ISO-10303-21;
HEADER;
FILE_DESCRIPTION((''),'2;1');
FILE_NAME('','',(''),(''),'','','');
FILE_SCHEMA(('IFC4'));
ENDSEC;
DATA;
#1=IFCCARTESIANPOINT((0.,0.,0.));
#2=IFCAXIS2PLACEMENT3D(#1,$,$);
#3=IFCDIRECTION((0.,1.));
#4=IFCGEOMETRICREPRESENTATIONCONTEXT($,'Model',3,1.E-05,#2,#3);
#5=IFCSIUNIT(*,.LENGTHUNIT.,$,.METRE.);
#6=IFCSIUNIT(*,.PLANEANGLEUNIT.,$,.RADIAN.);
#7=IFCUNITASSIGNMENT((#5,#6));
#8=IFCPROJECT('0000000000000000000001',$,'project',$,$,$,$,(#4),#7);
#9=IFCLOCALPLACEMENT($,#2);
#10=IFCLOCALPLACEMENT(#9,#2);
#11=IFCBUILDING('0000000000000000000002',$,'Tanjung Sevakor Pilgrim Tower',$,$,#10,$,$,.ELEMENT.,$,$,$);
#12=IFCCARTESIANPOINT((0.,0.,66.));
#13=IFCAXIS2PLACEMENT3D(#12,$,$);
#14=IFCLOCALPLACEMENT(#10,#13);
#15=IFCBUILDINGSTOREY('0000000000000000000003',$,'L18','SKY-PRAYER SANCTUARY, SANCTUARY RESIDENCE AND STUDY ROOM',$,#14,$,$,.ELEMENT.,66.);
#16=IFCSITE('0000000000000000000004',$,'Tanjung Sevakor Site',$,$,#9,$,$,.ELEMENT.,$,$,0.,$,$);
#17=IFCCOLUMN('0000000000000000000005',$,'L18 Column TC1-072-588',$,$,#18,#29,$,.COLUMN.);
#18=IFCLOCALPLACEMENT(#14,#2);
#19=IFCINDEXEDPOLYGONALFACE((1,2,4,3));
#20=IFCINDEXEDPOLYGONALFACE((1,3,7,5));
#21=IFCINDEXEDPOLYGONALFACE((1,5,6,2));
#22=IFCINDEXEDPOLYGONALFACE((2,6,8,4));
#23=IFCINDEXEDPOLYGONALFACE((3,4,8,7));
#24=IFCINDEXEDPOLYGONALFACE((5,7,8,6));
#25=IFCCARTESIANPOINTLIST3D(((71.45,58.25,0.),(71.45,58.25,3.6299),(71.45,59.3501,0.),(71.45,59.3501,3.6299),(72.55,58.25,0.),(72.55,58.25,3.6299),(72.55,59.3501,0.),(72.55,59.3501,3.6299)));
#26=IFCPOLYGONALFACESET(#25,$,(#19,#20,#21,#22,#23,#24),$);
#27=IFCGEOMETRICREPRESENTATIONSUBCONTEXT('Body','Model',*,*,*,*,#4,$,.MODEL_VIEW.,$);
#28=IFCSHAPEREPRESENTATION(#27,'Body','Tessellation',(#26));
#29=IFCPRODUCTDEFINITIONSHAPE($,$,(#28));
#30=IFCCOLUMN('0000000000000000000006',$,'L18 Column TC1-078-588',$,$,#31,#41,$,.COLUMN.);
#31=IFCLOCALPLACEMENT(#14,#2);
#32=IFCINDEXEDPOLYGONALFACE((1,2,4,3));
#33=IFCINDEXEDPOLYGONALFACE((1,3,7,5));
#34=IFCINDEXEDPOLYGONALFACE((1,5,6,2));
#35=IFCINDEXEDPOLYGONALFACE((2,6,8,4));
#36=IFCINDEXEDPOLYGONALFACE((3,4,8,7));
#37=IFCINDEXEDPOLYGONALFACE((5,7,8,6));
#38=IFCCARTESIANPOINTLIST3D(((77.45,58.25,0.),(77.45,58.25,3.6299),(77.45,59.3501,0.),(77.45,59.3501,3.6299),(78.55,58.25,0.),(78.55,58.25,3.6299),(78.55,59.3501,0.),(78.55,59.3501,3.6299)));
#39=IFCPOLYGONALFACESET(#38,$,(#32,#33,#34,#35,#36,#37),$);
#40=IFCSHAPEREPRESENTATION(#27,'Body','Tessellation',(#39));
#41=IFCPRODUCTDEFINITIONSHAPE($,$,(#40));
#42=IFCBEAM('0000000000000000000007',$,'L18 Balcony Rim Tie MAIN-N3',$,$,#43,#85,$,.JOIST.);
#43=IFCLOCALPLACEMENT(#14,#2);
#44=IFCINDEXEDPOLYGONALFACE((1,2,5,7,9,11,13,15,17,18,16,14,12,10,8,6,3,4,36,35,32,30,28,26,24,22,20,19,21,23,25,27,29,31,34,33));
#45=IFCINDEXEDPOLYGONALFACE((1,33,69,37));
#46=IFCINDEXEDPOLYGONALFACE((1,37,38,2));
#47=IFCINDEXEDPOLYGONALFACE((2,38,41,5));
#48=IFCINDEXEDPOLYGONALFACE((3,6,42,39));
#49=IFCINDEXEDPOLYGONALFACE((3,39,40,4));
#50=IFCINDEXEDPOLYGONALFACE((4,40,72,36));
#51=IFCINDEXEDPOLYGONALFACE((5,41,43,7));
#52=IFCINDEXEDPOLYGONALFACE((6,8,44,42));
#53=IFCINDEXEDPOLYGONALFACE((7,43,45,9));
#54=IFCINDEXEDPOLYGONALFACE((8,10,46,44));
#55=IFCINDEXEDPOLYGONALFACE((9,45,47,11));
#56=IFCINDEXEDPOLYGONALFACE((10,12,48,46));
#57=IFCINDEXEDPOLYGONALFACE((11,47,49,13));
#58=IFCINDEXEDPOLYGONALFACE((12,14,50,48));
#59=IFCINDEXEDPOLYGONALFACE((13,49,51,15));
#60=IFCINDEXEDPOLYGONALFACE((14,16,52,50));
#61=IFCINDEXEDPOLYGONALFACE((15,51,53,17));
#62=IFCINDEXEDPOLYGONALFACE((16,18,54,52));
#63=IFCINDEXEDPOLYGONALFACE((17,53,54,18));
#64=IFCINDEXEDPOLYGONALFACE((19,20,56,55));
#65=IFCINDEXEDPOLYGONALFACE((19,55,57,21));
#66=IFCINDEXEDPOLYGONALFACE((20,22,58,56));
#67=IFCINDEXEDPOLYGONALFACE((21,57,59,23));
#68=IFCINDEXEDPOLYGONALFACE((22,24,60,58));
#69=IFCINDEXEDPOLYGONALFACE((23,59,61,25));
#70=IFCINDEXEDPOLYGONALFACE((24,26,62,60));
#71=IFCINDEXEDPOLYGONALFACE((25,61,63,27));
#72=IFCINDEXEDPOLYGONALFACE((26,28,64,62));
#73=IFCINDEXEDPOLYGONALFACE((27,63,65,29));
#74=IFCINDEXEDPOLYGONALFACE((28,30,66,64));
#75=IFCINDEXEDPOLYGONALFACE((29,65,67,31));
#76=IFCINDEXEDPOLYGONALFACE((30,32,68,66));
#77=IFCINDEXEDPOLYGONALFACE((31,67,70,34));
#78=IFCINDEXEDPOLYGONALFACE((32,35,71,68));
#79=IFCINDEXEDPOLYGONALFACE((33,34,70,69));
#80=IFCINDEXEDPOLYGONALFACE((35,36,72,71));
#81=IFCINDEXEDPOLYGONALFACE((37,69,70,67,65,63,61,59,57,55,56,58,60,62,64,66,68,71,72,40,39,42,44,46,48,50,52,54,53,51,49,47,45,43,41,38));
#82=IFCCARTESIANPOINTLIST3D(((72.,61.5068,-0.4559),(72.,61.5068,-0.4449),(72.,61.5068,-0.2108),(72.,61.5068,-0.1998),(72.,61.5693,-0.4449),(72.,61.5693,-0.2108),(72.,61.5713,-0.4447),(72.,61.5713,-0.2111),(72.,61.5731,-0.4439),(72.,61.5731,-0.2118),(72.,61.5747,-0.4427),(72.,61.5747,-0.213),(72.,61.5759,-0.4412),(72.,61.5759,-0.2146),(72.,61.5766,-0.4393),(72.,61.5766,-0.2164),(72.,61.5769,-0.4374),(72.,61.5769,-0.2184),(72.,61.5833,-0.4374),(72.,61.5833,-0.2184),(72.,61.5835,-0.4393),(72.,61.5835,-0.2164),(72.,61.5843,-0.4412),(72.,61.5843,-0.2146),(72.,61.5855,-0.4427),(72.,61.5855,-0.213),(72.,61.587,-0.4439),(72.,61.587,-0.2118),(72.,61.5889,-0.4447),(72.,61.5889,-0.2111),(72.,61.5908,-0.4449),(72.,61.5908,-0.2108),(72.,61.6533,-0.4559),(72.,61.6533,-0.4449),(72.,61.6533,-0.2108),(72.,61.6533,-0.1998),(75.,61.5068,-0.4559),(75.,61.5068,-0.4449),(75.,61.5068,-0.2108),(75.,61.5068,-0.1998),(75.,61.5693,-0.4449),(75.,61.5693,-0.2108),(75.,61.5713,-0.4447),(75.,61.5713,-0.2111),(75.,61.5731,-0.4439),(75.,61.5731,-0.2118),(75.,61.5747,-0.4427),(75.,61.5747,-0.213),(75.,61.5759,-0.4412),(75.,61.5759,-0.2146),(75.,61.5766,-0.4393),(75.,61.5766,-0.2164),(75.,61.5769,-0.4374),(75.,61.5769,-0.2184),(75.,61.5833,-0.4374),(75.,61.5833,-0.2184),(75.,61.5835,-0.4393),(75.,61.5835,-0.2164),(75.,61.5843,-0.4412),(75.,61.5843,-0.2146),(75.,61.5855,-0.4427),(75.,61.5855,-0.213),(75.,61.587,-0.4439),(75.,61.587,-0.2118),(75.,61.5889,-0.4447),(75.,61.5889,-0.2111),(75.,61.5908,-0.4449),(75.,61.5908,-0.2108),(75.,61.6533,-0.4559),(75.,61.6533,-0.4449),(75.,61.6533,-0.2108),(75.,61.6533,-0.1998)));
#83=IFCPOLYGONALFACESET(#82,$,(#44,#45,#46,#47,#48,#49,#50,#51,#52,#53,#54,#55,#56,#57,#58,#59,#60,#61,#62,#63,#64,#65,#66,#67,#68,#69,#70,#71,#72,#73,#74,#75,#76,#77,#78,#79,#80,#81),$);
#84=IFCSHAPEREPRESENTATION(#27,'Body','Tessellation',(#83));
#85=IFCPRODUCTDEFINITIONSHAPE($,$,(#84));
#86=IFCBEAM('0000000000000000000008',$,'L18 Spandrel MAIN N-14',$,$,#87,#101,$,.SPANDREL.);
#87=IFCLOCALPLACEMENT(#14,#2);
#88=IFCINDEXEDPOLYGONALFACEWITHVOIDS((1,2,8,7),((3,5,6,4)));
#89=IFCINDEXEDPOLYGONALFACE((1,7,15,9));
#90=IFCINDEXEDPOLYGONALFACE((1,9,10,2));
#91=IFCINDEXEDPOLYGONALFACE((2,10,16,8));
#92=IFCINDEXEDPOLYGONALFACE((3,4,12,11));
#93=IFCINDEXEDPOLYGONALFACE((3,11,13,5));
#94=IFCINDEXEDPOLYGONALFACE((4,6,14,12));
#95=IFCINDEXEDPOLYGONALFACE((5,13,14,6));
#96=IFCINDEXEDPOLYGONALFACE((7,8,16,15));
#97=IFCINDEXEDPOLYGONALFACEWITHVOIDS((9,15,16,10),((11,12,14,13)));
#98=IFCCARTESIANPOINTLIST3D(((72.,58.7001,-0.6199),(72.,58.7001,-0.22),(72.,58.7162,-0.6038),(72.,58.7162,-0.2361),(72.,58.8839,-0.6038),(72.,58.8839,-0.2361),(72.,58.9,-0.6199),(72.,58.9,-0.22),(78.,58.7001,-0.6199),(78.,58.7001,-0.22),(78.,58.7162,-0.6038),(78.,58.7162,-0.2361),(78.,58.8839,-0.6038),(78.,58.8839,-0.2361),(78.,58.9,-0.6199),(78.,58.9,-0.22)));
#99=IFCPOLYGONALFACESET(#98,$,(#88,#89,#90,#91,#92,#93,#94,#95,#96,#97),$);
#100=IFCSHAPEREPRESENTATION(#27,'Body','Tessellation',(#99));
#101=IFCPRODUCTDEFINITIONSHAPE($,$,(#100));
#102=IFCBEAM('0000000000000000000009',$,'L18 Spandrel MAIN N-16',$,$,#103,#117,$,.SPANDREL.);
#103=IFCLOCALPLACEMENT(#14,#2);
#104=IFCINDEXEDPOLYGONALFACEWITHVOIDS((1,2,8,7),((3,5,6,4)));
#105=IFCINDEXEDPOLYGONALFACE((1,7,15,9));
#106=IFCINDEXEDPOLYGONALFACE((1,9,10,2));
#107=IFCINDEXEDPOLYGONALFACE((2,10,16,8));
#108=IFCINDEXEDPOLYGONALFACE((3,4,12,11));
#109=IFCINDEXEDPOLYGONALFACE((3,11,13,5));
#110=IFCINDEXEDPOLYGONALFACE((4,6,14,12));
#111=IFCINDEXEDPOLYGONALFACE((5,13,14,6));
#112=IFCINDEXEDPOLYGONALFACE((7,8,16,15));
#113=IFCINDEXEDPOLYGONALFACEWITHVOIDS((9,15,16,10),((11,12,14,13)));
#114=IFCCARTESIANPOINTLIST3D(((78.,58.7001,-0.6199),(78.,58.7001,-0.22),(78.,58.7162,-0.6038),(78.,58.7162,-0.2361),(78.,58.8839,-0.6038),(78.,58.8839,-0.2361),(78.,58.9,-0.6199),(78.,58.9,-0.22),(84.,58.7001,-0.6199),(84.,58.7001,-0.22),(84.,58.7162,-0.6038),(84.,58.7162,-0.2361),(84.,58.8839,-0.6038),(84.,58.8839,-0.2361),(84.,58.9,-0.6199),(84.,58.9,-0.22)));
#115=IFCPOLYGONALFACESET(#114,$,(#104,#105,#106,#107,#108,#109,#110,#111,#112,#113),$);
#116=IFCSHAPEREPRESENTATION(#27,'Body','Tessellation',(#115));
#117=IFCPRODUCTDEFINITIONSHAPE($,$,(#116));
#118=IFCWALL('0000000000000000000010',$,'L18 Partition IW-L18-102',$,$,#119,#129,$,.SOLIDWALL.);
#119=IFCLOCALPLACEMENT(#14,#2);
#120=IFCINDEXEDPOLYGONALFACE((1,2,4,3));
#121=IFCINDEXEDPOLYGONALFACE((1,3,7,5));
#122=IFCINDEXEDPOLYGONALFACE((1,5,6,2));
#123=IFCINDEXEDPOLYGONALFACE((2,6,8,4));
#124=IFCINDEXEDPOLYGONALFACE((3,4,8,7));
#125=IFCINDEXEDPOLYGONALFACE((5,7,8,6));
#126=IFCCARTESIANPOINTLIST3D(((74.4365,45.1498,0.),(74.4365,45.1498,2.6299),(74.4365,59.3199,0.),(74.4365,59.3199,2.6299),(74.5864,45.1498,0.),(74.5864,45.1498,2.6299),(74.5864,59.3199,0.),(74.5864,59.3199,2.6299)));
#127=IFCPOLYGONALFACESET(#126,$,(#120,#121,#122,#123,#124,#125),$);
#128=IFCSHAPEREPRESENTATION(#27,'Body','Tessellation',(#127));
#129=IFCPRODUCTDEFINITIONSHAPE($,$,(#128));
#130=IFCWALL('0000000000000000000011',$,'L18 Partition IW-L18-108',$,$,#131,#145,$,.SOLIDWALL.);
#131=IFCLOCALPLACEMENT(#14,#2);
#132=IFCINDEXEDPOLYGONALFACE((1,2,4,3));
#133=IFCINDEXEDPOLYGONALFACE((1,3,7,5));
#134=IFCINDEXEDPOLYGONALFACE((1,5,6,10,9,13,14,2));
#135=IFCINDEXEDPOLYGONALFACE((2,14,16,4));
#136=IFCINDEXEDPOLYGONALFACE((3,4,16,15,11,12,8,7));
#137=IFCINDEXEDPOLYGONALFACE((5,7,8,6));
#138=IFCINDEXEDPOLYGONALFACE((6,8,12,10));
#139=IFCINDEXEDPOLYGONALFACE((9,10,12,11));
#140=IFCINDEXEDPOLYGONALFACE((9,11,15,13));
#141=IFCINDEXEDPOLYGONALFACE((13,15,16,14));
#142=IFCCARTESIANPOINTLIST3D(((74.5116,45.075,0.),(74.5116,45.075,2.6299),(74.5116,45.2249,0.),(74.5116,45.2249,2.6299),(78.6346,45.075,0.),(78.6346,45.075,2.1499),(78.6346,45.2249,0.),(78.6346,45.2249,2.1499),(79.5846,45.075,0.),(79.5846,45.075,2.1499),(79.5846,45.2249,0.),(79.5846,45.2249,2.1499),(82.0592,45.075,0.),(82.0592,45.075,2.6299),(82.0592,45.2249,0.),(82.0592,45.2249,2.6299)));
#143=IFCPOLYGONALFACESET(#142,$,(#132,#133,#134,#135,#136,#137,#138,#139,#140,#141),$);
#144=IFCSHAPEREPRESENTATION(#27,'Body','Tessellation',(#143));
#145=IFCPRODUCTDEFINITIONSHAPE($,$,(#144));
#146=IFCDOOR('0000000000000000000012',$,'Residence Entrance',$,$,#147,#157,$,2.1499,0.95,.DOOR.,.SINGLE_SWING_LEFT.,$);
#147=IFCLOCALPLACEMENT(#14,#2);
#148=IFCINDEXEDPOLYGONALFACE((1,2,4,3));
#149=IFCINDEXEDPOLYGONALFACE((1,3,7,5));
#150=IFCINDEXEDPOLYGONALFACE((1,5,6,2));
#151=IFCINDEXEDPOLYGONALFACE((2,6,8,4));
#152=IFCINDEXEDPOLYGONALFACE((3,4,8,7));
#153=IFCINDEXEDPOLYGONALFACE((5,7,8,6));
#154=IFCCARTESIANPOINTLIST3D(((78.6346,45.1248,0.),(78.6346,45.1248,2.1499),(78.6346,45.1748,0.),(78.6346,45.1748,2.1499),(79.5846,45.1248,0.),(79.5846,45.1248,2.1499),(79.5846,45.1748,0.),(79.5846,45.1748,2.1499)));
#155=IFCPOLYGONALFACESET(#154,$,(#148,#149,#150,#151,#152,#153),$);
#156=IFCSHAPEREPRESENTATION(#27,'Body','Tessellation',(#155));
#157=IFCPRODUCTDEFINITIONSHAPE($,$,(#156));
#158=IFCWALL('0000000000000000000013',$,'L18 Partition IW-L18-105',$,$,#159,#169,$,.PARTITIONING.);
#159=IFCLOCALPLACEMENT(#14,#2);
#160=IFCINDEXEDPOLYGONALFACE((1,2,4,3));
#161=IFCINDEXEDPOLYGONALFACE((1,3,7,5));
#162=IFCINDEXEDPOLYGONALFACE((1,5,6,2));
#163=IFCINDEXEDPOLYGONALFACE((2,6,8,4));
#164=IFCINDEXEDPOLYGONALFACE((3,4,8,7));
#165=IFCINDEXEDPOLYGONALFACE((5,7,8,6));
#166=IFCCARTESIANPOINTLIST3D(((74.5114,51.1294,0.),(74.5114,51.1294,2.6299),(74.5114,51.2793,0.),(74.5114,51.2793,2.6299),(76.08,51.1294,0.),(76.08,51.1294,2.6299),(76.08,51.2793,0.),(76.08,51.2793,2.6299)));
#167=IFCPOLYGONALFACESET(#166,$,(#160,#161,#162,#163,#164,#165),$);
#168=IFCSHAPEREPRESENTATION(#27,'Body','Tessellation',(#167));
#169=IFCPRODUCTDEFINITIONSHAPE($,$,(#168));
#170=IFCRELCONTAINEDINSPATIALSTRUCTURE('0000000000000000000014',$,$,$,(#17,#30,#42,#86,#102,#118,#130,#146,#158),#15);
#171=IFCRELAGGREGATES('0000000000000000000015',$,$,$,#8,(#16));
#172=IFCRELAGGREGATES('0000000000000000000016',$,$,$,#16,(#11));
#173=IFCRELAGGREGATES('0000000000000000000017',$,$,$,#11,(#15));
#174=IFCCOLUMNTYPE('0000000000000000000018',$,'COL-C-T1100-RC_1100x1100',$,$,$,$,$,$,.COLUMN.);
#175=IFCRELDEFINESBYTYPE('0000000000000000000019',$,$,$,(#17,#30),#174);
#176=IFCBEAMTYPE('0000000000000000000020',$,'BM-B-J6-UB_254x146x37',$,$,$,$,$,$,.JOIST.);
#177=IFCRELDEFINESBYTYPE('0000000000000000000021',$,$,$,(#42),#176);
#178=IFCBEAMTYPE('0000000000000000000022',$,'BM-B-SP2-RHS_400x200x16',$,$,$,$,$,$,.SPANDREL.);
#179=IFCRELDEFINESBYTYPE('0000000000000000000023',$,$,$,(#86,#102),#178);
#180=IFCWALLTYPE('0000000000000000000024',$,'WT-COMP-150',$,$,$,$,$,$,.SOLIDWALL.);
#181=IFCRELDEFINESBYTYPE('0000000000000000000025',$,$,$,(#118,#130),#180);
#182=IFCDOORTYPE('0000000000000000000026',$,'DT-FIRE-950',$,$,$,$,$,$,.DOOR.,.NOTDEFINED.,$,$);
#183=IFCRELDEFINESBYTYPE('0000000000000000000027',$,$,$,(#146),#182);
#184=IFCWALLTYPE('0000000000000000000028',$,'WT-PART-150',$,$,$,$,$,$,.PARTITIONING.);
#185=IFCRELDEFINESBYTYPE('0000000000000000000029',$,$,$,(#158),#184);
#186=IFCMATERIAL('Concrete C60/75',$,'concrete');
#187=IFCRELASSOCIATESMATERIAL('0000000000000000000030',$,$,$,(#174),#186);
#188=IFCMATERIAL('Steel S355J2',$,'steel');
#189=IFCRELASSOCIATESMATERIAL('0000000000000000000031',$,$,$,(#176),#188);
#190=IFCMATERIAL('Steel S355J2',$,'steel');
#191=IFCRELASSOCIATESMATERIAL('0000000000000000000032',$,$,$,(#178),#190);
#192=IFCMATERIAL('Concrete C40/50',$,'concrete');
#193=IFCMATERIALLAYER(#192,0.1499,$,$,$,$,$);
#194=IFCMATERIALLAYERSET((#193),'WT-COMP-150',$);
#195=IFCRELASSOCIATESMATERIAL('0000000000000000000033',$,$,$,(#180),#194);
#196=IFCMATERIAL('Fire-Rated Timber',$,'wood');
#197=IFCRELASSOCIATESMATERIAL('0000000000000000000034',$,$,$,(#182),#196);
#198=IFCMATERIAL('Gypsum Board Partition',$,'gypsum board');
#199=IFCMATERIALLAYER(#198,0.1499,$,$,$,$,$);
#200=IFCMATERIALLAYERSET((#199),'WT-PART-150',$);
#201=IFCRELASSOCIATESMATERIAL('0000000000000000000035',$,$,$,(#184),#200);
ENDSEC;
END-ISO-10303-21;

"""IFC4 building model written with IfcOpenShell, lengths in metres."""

from ifc_helpers import new_model, si_unit, direction, frame, frame_2d, origin, origin_2d, place, context, subcontext, project, spatial, rectangle, hollow_rectangle, i_section, extrude, material, layer, layer_set, material_profile, profile_set, type_object, element, fill, save


model = new_model("IFC4")

# Units and contexts
model_context = context("Model", 3, precision=1e-05, world=origin(), true_north=direction((0.0, 1.0)))
body_context = subcontext(model_context, "Body", "Model", "MODEL_VIEW")
ifc_project = project(units=[si_unit("LENGTHUNIT", "METRE"), si_unit("PLANEANGLEUNIT", "RADIAN")], contexts=[model_context])

# Site, building, storey
site_placement = place(None, origin())
site = spatial("IfcSite", under=ifc_project, at=site_placement, Name="Tanjung Sevakor Site", CompositionType="ELEMENT", RefElevation=0.0)
building_placement = place(site_placement, origin())
building = spatial("IfcBuilding", under=site, at=building_placement, Name="Tanjung Sevakor Pilgrim Tower", CompositionType="ELEMENT")
storey_placement = place(building_placement, frame((0.0, 0.0, 66.0)))
storey = spatial("IfcBuildingStorey", under=building, at=storey_placement, Name="L18", Description="SKY-PRAYER SANCTUARY, SANCTUARY RESIDENCE AND STUDY ROOM", CompositionType="ELEMENT", Elevation=66.0)

# Columns
ifc_material_1 = material(Name="Concrete C60/75", Category="concrete")
ifc_material_profile_1 = material_profile(ifc_material_1, rectangle(XDim=1.1001, YDim=1.1001, at=origin_2d()))
ifc_profile_set_1 = profile_set([ifc_material_profile_1], Name="Concrete C60/75")
column_type = type_object("IfcColumnType", Name="COL-C-T1100-RC_1100x1100", PredefinedType="COLUMN", material=ifc_profile_set_1)
for number, where, z_axis, x_axis, name in (
    (1, (72.0, 58.8, 0.0), (0.0, 0.0, 1.0), (1.0, 0.0, 0.0), "L18 Column TC1-072-588"),
    (2, (78.0, 58.8, 0.0), (0.0, 0.0, 1.0), (1.0, 0.0, 0.0), "L18 Column TC1-078-588"),
):
    element("IfcColumn", number, at=place(storey_placement, frame(where, z_axis=z_axis, x_axis=x_axis)), inside=storey, type_object=column_type, Name=name, PredefinedType="COLUMN", context=body_context, shape_type="SweptSolid", body=[
        extrude(rectangle(XDim=1.1001, YDim=1.1001, at=origin_2d()), origin(), (0.0, 0.0, 1.0), 3.6299),
    ])

# Beams
ifc_material_2 = material(Name="Steel S355J2", Category="steel")
ifc_material_profile_2 = material_profile(ifc_material_2, i_section(OverallWidth=0.1465, OverallDepth=0.2561, WebThickness=0.0063, FlangeThickness=0.011, FilletRadius=0.0076, at=origin_2d()))
ifc_profile_set_2 = profile_set([ifc_material_profile_2], Name="Steel S355J2")
beam_type_1 = type_object("IfcBeamType", Name="BM-B-J6-UB_254x146x37", PredefinedType="JOIST", material=ifc_profile_set_2)
beam_placement = place(storey_placement, frame((72.0, 61.5801, -0.3279), z_axis=(1.0, 0.0, 0.0), x_axis=(0.0, 1.0, 0.0)))
element("IfcBeam", 3, at=beam_placement, inside=storey, type_object=beam_type_1, Name="L18 Balcony Rim Tie MAIN-N3", PredefinedType="JOIST", context=body_context, shape_type="SweptSolid", body=[
    extrude(i_section(OverallWidth=0.1465, OverallDepth=0.2561, WebThickness=0.0063, FlangeThickness=0.011, FilletRadius=0.0076, at=origin_2d()), origin(), (0.0, 0.0, 1.0), 3.0),
])
ifc_material_3 = material(Name="Steel S355J2", Category="steel")
ifc_material_profile_3 = material_profile(ifc_material_3, hollow_rectangle(XDim=0.2, YDim=0.3999, WallThickness=0.0161, at=origin_2d()))
ifc_profile_set_3 = profile_set([ifc_material_profile_3], Name="Steel S355J2")
beam_type_2 = type_object("IfcBeamType", Name="BM-B-SP2-RHS_400x200x16", PredefinedType="SPANDREL", material=ifc_profile_set_3)
for number, where, z_axis, x_axis, name in (
    (4, (72.0, 58.8, -0.4199), (1.0, 0.0, 0.0), (0.0, 1.0, 0.0), "L18 Spandrel MAIN N-14"),
    (5, (78.0, 58.8, -0.4199), (1.0, 0.0, 0.0), (0.0, 1.0, 0.0), "L18 Spandrel MAIN N-16"),
):
    element("IfcBeam", number, at=place(storey_placement, frame(where, z_axis=z_axis, x_axis=x_axis)), inside=storey, type_object=beam_type_2, Name=name, PredefinedType="SPANDREL", context=body_context, shape_type="SweptSolid", body=[
        extrude(hollow_rectangle(XDim=0.2, YDim=0.3999, WallThickness=0.0161, at=origin_2d()), origin(), (0.0, 0.0, 1.0), 6.0),
    ])

# Wall
ifc_material_4 = material(Name="Concrete C40/50", Category="concrete")
ifc_layer_1 = layer(ifc_material_4, 0.1499)
ifc_layer_set_1 = layer_set([ifc_layer_1], Name="WT-COMP-150")
wall_type_1 = type_object("IfcWallType", Name="WT-COMP-150", PredefinedType="SOLIDWALL", material=ifc_layer_set_1)
wall_1_placement = place(storey_placement, frame((74.5115, 45.1499, 0.0), z_axis=(0.0, 0.0, 1.0), x_axis=(0.0, 1.0, 0.0)))
element("IfcWall", 6, at=wall_1_placement, inside=storey, type_object=wall_type_1, Name="L18 Partition IW-L18-102", PredefinedType="SOLIDWALL", context=body_context, shape_type="SweptSolid", body=[
    extrude(rectangle(XDim=14.1702, YDim=0.1499, at=frame_2d((7.085, 0.0))), origin(), (0.0, 0.0, 1.0), 2.6299),
])

# Wall, opening, door
wall_2_placement = place(storey_placement, frame((74.5115, 45.1499, 0.0), z_axis=(0.0, 0.0, 1.0), x_axis=(1.0, 0.0, 0.0)))
wall_2 = element("IfcWall", 7, at=wall_2_placement, inside=storey, type_object=wall_type_1, Name="L18 Partition IW-L18-108", PredefinedType="SOLIDWALL", context=body_context, shape_type="SweptSolid", body=[
    extrude(rectangle(XDim=7.5476, YDim=0.1499, at=frame_2d((3.7739, 0.0))), origin(), (0.0, 0.0, 1.0), 2.6299),
])
opening_1_placement = place(wall_2_placement, frame((4.123, 0.0, 0.0)))
opening_1 = element("IfcOpeningElement", 8, at=opening_1_placement, cuts=wall_2, PredefinedType="OPENING", context=body_context, shape_type="SweptSolid", body=[
    extrude(rectangle(XDim=0.95, YDim=2.1499, at=frame_2d((0.4751, 1.075))), frame((0.0, 0.085, 0.0), z_axis=(0.0, -1.0, 0.0), x_axis=(1.0, 0.0, 0.0)), (0.0, 0.0, 1.0), 0.1699),
])
ifc_material_5 = material(Name="Fire-Rated Timber", Category="wood")
door_type_1 = type_object("IfcDoorType", Name="DT-FIRE-950", OperationType="NOTDEFINED", PredefinedType="DOOR", material=ifc_material_5)
door_1_placement = place(opening_1_placement, origin())
door_1 = element("IfcDoor", 9, at=door_1_placement, inside=storey, type_object=door_type_1, Name="Residence Entrance", OperationType="SINGLE_SWING_LEFT", OverallHeight=2.1499, OverallWidth=0.95, PredefinedType="DOOR", context=body_context, shape_type="SweptSolid", body=[
    extrude(rectangle(XDim=0.95, YDim=2.1499, at=frame_2d((0.4751, 1.075))), frame((0.0, 0.0249, 0.0), z_axis=(0.0, -1.0, 0.0), x_axis=(1.0, 0.0, 0.0)), (0.0, 0.0, 1.0), 0.05),
])
fill(opening_1, door_1)

# Wall
ifc_material_6 = material(Name="Gypsum Board Partition", Category="gypsum board")
ifc_layer_2 = layer(ifc_material_6, 0.1499)
ifc_layer_set_2 = layer_set([ifc_layer_2], Name="WT-PART-150")
wall_type_2 = type_object("IfcWallType", Name="WT-PART-150", PredefinedType="PARTITIONING", material=ifc_layer_set_2)
wall_3_placement = place(storey_placement, frame((74.5115, 51.2043, 0.0), z_axis=(0.0, 0.0, 1.0), x_axis=(1.0, 0.0, 0.0)))
element("IfcWall", 10, at=wall_3_placement, inside=storey, type_object=wall_type_2, Name="L18 Partition IW-L18-105", PredefinedType="PARTITIONING", context=body_context, shape_type="SweptSolid", body=[
    extrude(rectangle(XDim=1.5686, YDim=0.1499, at=frame_2d((0.7842, 0.0))), origin(), (0.0, 0.0, 1.0), 2.6299),
])

save(model, "model.ifc")
